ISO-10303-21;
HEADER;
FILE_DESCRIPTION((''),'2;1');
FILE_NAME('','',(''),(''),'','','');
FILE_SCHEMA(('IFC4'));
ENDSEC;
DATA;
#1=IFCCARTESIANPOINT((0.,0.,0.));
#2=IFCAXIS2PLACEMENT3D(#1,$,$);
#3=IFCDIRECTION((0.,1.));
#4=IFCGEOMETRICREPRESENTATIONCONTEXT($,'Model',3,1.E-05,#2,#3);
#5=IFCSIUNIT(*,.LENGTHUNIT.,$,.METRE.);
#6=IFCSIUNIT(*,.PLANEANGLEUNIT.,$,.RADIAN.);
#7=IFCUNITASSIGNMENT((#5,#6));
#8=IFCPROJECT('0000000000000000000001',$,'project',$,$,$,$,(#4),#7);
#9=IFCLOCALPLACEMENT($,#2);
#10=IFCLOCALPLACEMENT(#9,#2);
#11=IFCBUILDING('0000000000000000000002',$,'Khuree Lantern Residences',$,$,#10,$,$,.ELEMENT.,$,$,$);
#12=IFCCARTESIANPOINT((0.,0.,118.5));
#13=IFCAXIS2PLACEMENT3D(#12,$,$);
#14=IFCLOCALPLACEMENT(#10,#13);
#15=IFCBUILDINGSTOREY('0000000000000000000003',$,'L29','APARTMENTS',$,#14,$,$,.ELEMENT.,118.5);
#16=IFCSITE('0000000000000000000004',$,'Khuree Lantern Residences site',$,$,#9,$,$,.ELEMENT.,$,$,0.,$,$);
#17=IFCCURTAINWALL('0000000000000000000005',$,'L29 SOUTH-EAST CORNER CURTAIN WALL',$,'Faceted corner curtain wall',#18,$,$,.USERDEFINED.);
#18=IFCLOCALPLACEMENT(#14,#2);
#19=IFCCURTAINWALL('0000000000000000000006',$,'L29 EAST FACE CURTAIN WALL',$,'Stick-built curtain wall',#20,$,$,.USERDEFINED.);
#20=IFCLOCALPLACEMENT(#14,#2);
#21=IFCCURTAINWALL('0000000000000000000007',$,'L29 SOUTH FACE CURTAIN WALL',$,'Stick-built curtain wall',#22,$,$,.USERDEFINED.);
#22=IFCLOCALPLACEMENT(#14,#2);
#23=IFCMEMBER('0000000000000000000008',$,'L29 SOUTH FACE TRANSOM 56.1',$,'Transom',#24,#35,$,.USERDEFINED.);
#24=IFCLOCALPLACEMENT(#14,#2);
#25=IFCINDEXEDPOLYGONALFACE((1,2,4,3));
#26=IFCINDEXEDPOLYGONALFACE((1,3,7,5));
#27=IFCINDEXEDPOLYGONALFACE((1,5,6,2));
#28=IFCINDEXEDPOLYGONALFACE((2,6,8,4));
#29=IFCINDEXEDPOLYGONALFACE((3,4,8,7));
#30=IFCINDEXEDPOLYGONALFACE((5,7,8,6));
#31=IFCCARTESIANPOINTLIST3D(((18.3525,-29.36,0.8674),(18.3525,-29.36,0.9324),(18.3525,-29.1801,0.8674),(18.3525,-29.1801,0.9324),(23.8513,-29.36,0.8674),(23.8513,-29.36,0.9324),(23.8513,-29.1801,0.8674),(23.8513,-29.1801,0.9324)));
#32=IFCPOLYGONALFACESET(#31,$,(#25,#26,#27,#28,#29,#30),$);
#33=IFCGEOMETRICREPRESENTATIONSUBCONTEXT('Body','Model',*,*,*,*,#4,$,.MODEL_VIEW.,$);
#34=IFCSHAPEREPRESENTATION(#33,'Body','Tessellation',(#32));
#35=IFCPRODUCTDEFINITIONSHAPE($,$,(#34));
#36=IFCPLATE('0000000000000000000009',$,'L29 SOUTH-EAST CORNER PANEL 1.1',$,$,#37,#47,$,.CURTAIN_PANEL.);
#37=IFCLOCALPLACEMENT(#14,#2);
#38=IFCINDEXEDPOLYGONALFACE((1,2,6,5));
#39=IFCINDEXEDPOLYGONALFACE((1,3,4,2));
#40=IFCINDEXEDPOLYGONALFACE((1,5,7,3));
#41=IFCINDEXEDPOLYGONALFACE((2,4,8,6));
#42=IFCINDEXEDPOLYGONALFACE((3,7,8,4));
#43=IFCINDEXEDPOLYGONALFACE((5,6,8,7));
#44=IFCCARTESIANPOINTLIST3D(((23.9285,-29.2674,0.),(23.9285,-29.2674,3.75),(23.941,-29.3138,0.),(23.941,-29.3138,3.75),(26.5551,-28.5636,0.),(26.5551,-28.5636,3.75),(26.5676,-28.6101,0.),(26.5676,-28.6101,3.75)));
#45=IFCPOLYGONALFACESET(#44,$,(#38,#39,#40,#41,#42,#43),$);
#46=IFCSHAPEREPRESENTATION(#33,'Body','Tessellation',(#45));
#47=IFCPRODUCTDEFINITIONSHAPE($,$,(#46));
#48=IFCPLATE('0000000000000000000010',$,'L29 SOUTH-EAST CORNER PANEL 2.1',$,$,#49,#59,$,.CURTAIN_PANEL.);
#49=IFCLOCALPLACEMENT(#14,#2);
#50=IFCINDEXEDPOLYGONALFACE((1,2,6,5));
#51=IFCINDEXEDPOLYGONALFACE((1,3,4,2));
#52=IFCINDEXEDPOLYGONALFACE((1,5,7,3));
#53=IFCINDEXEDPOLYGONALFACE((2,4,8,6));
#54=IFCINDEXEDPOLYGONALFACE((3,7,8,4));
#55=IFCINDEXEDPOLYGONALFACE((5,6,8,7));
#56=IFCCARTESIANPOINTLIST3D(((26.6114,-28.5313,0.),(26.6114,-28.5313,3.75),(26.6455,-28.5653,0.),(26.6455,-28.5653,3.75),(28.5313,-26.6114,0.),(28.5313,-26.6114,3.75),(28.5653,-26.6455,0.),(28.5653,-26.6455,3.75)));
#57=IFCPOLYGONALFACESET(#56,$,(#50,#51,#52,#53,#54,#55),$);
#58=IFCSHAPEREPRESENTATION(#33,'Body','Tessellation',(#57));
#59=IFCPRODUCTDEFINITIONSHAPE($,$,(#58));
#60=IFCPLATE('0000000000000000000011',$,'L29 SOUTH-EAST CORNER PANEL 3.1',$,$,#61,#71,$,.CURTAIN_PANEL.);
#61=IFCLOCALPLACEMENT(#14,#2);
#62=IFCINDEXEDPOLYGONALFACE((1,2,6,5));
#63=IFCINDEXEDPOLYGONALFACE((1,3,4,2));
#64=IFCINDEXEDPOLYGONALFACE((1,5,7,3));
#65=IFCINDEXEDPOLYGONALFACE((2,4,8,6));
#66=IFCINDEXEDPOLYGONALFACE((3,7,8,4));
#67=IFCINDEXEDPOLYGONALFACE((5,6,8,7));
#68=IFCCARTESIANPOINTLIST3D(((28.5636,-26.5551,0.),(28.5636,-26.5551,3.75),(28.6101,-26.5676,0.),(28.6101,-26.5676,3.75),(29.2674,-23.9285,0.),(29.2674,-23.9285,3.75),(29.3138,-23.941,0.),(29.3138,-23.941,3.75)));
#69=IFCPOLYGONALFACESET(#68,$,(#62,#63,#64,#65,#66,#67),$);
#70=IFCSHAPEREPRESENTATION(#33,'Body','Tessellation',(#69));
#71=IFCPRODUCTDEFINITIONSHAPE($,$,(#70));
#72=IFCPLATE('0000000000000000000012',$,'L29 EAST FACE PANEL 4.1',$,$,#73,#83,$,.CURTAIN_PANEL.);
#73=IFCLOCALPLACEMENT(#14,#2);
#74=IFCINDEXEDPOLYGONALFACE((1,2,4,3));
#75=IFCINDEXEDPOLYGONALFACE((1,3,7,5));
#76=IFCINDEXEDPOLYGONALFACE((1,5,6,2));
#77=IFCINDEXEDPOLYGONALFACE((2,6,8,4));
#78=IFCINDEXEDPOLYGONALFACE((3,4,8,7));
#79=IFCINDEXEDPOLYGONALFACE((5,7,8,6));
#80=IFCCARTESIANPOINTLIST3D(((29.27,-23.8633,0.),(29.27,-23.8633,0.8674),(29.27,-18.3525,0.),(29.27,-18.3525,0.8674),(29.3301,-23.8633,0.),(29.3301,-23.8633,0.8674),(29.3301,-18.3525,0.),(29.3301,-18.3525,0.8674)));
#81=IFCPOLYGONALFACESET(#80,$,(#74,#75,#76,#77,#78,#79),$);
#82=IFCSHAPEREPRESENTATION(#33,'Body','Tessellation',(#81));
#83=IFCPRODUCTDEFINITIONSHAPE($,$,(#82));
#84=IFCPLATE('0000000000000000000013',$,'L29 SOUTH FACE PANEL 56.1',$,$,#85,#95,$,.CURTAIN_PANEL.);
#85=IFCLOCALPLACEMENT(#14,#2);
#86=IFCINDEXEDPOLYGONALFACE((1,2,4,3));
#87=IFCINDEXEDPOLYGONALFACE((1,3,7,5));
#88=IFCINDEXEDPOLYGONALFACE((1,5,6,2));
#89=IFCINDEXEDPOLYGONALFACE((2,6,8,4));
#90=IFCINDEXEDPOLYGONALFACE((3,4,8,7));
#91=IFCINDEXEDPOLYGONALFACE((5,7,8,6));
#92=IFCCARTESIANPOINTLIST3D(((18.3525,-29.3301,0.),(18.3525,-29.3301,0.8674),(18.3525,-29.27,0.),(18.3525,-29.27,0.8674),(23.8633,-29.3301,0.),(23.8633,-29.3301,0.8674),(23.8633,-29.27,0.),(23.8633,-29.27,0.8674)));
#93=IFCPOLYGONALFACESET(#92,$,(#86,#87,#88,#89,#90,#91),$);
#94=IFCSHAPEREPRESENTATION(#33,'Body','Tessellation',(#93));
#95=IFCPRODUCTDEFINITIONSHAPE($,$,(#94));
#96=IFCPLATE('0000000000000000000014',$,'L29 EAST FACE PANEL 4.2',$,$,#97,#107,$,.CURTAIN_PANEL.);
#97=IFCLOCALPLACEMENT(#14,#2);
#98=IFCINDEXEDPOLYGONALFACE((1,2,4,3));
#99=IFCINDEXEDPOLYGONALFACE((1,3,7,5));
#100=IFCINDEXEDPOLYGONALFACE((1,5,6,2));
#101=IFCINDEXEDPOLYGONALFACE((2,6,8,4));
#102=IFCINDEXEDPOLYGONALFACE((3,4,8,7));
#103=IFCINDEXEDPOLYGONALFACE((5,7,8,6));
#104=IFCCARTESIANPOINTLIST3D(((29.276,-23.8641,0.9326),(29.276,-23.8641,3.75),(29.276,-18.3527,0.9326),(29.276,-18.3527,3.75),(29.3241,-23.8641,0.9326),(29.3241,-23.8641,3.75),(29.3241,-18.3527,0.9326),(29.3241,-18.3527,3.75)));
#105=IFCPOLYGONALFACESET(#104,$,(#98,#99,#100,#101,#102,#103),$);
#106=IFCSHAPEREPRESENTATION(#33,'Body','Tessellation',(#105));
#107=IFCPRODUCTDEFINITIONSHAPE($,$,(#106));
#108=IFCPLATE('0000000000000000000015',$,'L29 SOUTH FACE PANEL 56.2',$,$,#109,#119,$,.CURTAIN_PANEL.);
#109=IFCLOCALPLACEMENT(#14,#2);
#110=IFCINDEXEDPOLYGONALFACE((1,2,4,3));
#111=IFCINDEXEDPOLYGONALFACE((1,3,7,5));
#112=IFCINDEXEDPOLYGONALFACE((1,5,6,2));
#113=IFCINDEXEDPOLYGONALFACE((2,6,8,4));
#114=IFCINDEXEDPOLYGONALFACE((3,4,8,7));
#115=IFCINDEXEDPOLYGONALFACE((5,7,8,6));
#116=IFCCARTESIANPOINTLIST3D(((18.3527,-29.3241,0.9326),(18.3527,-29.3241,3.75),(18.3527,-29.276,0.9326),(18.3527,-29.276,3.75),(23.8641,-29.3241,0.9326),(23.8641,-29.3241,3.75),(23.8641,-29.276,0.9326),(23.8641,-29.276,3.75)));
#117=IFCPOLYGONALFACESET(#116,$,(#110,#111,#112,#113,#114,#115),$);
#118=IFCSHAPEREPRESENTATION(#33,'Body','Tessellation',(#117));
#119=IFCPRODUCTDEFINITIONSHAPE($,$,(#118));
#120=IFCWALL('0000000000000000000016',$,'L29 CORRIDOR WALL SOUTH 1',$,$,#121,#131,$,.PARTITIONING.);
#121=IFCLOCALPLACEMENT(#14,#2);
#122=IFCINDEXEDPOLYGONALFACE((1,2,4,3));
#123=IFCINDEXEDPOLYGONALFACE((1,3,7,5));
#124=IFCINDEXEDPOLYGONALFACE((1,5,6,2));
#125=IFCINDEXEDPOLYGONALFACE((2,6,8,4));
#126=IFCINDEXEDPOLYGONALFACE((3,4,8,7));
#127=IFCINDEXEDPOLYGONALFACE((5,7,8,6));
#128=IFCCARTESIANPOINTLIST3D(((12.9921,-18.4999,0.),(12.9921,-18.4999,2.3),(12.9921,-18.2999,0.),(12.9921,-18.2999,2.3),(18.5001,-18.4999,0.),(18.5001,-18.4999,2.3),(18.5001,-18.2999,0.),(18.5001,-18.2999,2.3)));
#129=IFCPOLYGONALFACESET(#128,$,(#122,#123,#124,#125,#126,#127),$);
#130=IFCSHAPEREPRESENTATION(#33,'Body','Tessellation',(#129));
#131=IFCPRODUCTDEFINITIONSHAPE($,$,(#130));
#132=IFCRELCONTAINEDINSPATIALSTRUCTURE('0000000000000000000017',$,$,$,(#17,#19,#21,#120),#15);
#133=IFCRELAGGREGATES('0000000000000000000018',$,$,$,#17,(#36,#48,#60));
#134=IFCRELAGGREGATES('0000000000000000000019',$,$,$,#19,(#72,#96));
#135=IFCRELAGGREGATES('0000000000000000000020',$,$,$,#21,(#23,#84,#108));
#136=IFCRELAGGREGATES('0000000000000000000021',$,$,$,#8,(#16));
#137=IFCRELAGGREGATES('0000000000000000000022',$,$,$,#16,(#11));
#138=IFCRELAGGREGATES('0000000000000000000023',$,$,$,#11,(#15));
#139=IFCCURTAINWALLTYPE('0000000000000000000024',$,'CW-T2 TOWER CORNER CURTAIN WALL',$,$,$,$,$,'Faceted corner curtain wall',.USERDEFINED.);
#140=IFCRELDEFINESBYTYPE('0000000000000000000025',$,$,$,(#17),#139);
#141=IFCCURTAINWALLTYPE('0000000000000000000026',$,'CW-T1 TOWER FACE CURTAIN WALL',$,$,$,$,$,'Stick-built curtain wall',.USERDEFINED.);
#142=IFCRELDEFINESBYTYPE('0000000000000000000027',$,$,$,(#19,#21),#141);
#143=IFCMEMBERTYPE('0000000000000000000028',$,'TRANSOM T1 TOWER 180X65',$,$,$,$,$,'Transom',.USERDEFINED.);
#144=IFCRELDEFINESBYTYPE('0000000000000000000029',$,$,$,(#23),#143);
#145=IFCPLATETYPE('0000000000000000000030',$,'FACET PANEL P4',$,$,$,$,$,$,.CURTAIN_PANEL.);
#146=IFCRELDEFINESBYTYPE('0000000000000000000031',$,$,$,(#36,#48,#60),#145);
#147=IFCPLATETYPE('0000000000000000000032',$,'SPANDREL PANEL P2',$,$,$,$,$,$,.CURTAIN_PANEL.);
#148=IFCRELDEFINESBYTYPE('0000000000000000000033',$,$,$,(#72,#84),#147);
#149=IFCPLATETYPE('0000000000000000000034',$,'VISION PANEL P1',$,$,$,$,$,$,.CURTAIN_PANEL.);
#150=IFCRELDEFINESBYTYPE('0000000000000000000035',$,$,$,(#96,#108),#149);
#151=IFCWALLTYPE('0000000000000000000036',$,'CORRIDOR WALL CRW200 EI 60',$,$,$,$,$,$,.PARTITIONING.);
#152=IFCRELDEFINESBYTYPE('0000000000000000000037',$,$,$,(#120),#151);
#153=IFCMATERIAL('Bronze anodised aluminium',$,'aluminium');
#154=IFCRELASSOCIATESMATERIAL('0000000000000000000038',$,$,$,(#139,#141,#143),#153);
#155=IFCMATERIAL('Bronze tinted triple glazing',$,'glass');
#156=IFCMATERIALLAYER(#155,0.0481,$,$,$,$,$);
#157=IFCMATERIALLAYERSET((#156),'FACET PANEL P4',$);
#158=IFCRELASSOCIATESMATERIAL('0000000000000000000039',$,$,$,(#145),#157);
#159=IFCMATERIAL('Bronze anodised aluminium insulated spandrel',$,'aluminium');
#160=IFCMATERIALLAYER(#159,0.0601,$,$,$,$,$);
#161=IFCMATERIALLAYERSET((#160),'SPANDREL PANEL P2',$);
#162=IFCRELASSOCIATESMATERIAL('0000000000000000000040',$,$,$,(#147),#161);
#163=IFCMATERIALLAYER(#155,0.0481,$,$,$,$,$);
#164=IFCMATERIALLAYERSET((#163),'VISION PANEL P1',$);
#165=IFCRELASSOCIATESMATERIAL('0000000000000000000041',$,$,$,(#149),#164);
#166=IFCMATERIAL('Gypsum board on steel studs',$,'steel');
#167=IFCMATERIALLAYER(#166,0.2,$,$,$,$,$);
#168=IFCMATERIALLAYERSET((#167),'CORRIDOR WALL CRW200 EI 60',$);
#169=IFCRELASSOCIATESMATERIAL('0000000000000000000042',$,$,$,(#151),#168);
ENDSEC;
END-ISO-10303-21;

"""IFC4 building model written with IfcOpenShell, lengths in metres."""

from ifc_helpers import new_model, si_unit, direction, frame, frame_2d, origin, origin_2d, place, context, subcontext, project, spatial, rectangle, extrude, material, layer, layer_set, material_profile, profile_set, type_object, element, aggregate, save


model = new_model("IFC4")

# Units and contexts
model_context = context("Model", 3, precision=1e-05, world=origin(), true_north=direction((0.0, 1.0)))
body_context = subcontext(model_context, "Body", "Model", "MODEL_VIEW")
ifc_project = project(units=[si_unit("LENGTHUNIT", "METRE"), si_unit("PLANEANGLEUNIT", "RADIAN")], contexts=[model_context])

# Site, building, storey
site_placement = place(None, origin())
site = spatial("IfcSite", under=ifc_project, at=site_placement, Name="Khuree Lantern Residences site", CompositionType="ELEMENT", RefElevation=0.0)
building_placement = place(site_placement, origin())
building = spatial("IfcBuilding", under=site, at=building_placement, Name="Khuree Lantern Residences", CompositionType="ELEMENT")
storey_placement = place(building_placement, frame((0.0, 0.0, 118.5)))
storey = spatial("IfcBuildingStorey", under=building, at=storey_placement, Name="L29", Description="APARTMENTS", CompositionType="ELEMENT", Elevation=118.5)

# Curtain wall
ifc_material_1 = material(Name="Bronze anodised aluminium", Category="aluminium")
curtain_wall_type_1 = type_object("IfcCurtainWallType", Name="CW-T2 TOWER CORNER CURTAIN WALL", ElementType="Faceted corner curtain wall", PredefinedType="USERDEFINED", material=ifc_material_1)
curtain_wall_1_placement = place(storey_placement, origin())
curtain_wall_1 = element("IfcCurtainWall", 1, at=curtain_wall_1_placement, inside=storey, type_object=curtain_wall_type_1, Name="L29 SOUTH-EAST CORNER CURTAIN WALL", ObjectType="Faceted corner curtain wall", PredefinedType="USERDEFINED")

# Curtain wall
curtain_wall_type_2 = type_object("IfcCurtainWallType", Name="CW-T1 TOWER FACE CURTAIN WALL", ElementType="Stick-built curtain wall", PredefinedType="USERDEFINED", material=ifc_material_1)
curtain_wall_2_placement = place(storey_placement, origin())
curtain_wall_2 = element("IfcCurtainWall", 2, at=curtain_wall_2_placement, inside=storey, type_object=curtain_wall_type_2, Name="L29 EAST FACE CURTAIN WALL", ObjectType="Stick-built curtain wall", PredefinedType="USERDEFINED")
ifc_material_profile_1 = material_profile(ifc_material_1, rectangle(XDim=0.1799, YDim=0.0649, at=origin_2d()), Name="T1 180X65")
ifc_profile_set_1 = profile_set([ifc_material_profile_1], Name="Bronze anodised aluminium")
member_type_1 = type_object("IfcMemberType", Name="TRANSOM T1 TOWER 180X65", ElementType="Transom", PredefinedType="USERDEFINED", material=ifc_profile_set_1)

# Curtain wall, member
curtain_wall_3_placement = place(storey_placement, origin())
curtain_wall_3 = element("IfcCurtainWall", 3, at=curtain_wall_3_placement, inside=storey, type_object=curtain_wall_type_2, Name="L29 SOUTH FACE CURTAIN WALL", ObjectType="Stick-built curtain wall", PredefinedType="USERDEFINED")
member_1_placement = place(storey_placement, frame((18.3525, -29.27, 0.8999), z_axis=(1.0, 0.0, 0.0), x_axis=(0.0, 1.0, 0.0)))
member_1 = element("IfcMember", 4, at=member_1_placement, type_object=member_type_1, Name="L29 SOUTH FACE TRANSOM 56.1", ObjectType="Transom", PredefinedType="USERDEFINED", context=body_context, shape_type="SweptSolid", body=[
    extrude(rectangle(XDim=0.1799, YDim=0.0649, at=origin_2d()), origin(), (0.0, 0.0, 1.0), 5.4988),
])

# Plates
ifc_material_2 = material(Name="Bronze tinted triple glazing", Category="glass")
ifc_layer_1 = layer(ifc_material_2, 0.0481)
ifc_layer_set_1 = layer_set([ifc_layer_1], Name="FACET PANEL P4")
plate_type_1 = type_object("IfcPlateType", Name="FACET PANEL P4", PredefinedType="CURTAIN_PANEL", material=ifc_layer_set_1)
plate_1_placement = place(storey_placement, frame((25.248, -28.9387, 0.0), z_axis=(0.0, 0.0, 1.0), x_axis=(0.965926, 0.258819, 0.0)))
plate_1 = element("IfcPlate", 5, at=plate_1_placement, type_object=plate_type_1, Name="L29 SOUTH-EAST CORNER PANEL 1.1", PredefinedType="CURTAIN_PANEL", context=body_context, shape_type="SweptSolid", body=[
    extrude(rectangle(XDim=2.7192, YDim=0.0481, at=origin_2d()), origin(), (0.0, 0.0, 1.0), 3.75),
])
plate_2_placement = place(storey_placement, frame((27.5884, -27.5884, 0.0), z_axis=(0.0, 0.0, 1.0), x_axis=(0.707107, 0.707107, 0.0)))
plate_2 = element("IfcPlate", 6, at=plate_2_placement, type_object=plate_type_1, Name="L29 SOUTH-EAST CORNER PANEL 2.1", PredefinedType="CURTAIN_PANEL", context=body_context, shape_type="SweptSolid", body=[
    extrude(rectangle(XDim=2.7151, YDim=0.0481, at=origin_2d()), origin(), (0.0, 0.0, 1.0), 3.75),
])
plate_3_placement = place(storey_placement, frame((28.9387, -25.248, 0.0), z_axis=(0.0, 0.0, 1.0), x_axis=(0.258819, 0.965926, 0.0)))
plate_3 = element("IfcPlate", 7, at=plate_3_placement, type_object=plate_type_1, Name="L29 SOUTH-EAST CORNER PANEL 3.1", PredefinedType="CURTAIN_PANEL", context=body_context, shape_type="SweptSolid", body=[
    extrude(rectangle(XDim=2.7192, YDim=0.0481, at=origin_2d()), origin(), (0.0, 0.0, 1.0), 3.75),
])
aggregate(curtain_wall_1, [plate_1, plate_2, plate_3])
ifc_material_3 = material(Name="Bronze anodised aluminium insulated spandrel", Category="aluminium")
ifc_layer_2 = layer(ifc_material_3, 0.0601)
ifc_layer_set_2 = layer_set([ifc_layer_2], Name="SPANDREL PANEL P2")
plate_type_2 = type_object("IfcPlateType", Name="SPANDREL PANEL P2", PredefinedType="CURTAIN_PANEL", material=ifc_layer_set_2)
plate_4_placement = place(storey_placement, frame((29.3, -21.1079, 0.0), z_axis=(0.0, 0.0, 1.0), x_axis=(0.0, 1.0, 0.0)))
plate_4 = element("IfcPlate", 8, at=plate_4_placement, type_object=plate_type_2, Name="L29 EAST FACE PANEL 4.1", PredefinedType="CURTAIN_PANEL", context=body_context, shape_type="SweptSolid", body=[
    extrude(rectangle(XDim=5.5107, YDim=0.0601, at=origin_2d()), origin(), (0.0, 0.0, 1.0), 0.8674),
])
plate_5_placement = place(storey_placement, frame((21.1079, -29.3, 0.0), z_axis=(0.0, 0.0, 1.0), x_axis=(1.0, 0.0, 0.0)))
plate_5 = element("IfcPlate", 9, at=plate_5_placement, type_object=plate_type_2, Name="L29 SOUTH FACE PANEL 56.1", PredefinedType="CURTAIN_PANEL", context=body_context, shape_type="SweptSolid", body=[
    extrude(rectangle(XDim=5.5107, YDim=0.0601, at=origin_2d()), origin(), (0.0, 0.0, 1.0), 0.8674),
])
ifc_layer_3 = layer(ifc_material_2, 0.0481)
ifc_layer_set_3 = layer_set([ifc_layer_3], Name="VISION PANEL P1")
plate_type_3 = type_object("IfcPlateType", Name="VISION PANEL P1", PredefinedType="CURTAIN_PANEL", material=ifc_layer_set_3)
plate_6_placement = place(storey_placement, frame((29.3, -21.1084, 0.9326), z_axis=(0.0, 0.0, 1.0), x_axis=(0.0, 1.0, 0.0)))
plate_6 = element("IfcPlate", 10, at=plate_6_placement, type_object=plate_type_3, Name="L29 EAST FACE PANEL 4.2", PredefinedType="CURTAIN_PANEL", context=body_context, shape_type="SweptSolid", body=[
    extrude(rectangle(XDim=5.5115, YDim=0.0481, at=origin_2d()), origin(), (0.0, 0.0, 1.0), 2.8174),
])
aggregate(curtain_wall_2, [plate_4, plate_6])
plate_7_placement = place(storey_placement, frame((21.1084, -29.3, 0.9326), z_axis=(0.0, 0.0, 1.0), x_axis=(1.0, 0.0, 0.0)))
plate_7 = element("IfcPlate", 11, at=plate_7_placement, type_object=plate_type_3, Name="L29 SOUTH FACE PANEL 56.2", PredefinedType="CURTAIN_PANEL", context=body_context, shape_type="SweptSolid", body=[
    extrude(rectangle(XDim=5.5115, YDim=0.0481, at=origin_2d()), origin(), (0.0, 0.0, 1.0), 2.8174),
])
aggregate(curtain_wall_3, [member_1, plate_5, plate_7])

# Wall
ifc_material_4 = material(Name="Gypsum board on steel studs", Category="steel")
ifc_layer_4 = layer(ifc_material_4, 0.2)
ifc_layer_set_4 = layer_set([ifc_layer_4], Name="CORRIDOR WALL CRW200 EI 60")
wall_type = type_object("IfcWallType", Name="CORRIDOR WALL CRW200 EI 60", PredefinedType="PARTITIONING", material=ifc_layer_set_4)
wall_placement = place(storey_placement, frame((18.5, -18.3999, 0.0), z_axis=(0.0, 0.0, 1.0), x_axis=(-1.0, 0.0, 0.0)))
element("IfcWall", 12, at=wall_placement, inside=storey, type_object=wall_type, Name="L29 CORRIDOR WALL SOUTH 1", PredefinedType="PARTITIONING", context=body_context, shape_type="SweptSolid", body=[
    extrude(rectangle(XDim=5.5081, YDim=0.2, at=frame_2d((2.7539, 0.0))), origin(), (0.0, 0.0, 1.0), 2.3),
])

save(model, "model.ifc")
